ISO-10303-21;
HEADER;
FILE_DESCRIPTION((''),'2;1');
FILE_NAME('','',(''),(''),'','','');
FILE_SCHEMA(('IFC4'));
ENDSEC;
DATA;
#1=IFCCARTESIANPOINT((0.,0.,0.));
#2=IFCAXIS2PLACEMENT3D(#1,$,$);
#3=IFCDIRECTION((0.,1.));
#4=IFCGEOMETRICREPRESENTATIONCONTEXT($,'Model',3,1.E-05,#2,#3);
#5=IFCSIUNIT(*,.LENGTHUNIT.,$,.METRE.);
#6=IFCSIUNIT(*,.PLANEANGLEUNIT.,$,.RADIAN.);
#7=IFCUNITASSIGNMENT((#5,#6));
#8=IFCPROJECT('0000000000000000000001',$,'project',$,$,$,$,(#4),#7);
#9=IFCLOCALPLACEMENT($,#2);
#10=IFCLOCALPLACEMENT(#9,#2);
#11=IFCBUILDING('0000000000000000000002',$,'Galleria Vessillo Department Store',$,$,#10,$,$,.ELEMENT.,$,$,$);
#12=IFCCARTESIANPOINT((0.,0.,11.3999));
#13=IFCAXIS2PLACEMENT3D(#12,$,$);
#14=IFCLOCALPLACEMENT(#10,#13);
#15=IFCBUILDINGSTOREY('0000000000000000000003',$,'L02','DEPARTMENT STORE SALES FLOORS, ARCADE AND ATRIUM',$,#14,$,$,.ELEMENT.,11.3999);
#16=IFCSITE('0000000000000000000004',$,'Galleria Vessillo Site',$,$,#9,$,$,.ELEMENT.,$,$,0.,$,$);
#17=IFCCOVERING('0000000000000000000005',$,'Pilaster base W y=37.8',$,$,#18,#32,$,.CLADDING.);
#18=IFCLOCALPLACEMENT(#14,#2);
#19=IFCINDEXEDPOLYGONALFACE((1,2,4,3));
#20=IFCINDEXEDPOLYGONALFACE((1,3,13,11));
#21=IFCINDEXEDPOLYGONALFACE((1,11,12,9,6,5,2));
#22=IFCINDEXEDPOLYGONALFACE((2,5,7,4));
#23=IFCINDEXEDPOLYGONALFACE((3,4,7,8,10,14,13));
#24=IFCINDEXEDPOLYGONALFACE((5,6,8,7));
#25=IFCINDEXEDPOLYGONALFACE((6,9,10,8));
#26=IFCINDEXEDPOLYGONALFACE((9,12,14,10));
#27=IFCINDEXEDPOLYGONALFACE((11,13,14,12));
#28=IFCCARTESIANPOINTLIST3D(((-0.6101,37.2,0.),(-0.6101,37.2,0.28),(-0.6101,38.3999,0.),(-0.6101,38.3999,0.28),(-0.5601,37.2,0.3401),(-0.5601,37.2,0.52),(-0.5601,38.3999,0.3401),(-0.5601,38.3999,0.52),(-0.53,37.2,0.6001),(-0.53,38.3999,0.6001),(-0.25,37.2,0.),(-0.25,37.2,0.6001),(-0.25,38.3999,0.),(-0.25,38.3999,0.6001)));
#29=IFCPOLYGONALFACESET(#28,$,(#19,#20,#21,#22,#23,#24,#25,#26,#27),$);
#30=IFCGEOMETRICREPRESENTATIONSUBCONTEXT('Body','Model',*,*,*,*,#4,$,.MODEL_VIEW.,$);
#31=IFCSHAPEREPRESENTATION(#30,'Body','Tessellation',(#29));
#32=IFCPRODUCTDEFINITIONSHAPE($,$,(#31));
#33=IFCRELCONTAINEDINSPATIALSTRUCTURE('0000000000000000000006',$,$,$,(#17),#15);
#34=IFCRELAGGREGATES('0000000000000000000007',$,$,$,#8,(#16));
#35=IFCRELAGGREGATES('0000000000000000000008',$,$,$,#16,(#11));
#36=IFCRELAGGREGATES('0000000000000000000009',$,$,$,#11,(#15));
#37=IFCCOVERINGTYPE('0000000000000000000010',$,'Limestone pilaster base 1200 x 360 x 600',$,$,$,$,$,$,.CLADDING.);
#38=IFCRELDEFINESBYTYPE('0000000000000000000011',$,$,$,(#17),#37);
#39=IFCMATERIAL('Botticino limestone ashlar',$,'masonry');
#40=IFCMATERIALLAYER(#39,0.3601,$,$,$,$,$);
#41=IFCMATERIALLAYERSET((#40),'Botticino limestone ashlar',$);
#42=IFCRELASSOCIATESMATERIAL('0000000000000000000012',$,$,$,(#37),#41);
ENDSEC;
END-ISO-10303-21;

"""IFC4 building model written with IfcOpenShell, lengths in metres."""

from ifc_helpers import new_model, si_unit, direction, frame, origin, place, context, subcontext, project, spatial, polyline, outline, extrude, material, layer, layer_set, type_object, element, save


model = new_model("IFC4")

# Units and contexts
model_context = context("Model", 3, precision=1e-05, world=origin(), true_north=direction((0.0, 1.0)))
body_context = subcontext(model_context, "Body", "Model", "MODEL_VIEW")
ifc_project = project(units=[si_unit("LENGTHUNIT", "METRE"), si_unit("PLANEANGLEUNIT", "RADIAN")], contexts=[model_context])

# Site, building, storey
site_placement = place(None, origin())
site = spatial("IfcSite", under=ifc_project, at=site_placement, Name="Galleria Vessillo Site", CompositionType="ELEMENT", RefElevation=0.0)
building_placement = place(site_placement, origin())
building = spatial("IfcBuilding", under=site, at=building_placement, Name="Galleria Vessillo Department Store", CompositionType="ELEMENT")
storey_placement = place(building_placement, frame((0.0, 0.0, 11.3999)))
storey = spatial("IfcBuildingStorey", under=building, at=storey_placement, Name="L02", Description="DEPARTMENT STORE SALES FLOORS, ARCADE AND ATRIUM", CompositionType="ELEMENT", Elevation=11.3999)

# Covering
ifc_material_1 = material(Name="Botticino limestone ashlar", Category="masonry")
ifc_layer_1 = layer(ifc_material_1, 0.3601)
ifc_layer_set_1 = layer_set([ifc_layer_1], Name="Botticino limestone ashlar")
covering_type = type_object("IfcCoveringType", Name="Limestone pilaster base 1200 x 360 x 600", PredefinedType="CLADDING", material=ifc_layer_set_1)
covering_placement = place(storey_placement, frame((0.0, 37.2, 0.0), z_axis=(0.0, 1.0, 0.0), x_axis=(-1.0, 0.0, 0.0)))
element("IfcCovering", 1, at=covering_placement, inside=storey, type_object=covering_type, Name="Pilaster base W y=37.8", PredefinedType="CLADDING", context=body_context, shape_type="SweptSolid", body=[
    extrude(outline(polyline([(0.25, 0.0), (0.6101, 0.0), (0.6101, 0.28), (0.5601, 0.3401), (0.5601, 0.52), (0.53, 0.6001), (0.25, 0.6001), (0.25, 0.0)])), origin(), (0.0, 0.0, 1.0), 1.2),
])

save(model, "model.ifc")
